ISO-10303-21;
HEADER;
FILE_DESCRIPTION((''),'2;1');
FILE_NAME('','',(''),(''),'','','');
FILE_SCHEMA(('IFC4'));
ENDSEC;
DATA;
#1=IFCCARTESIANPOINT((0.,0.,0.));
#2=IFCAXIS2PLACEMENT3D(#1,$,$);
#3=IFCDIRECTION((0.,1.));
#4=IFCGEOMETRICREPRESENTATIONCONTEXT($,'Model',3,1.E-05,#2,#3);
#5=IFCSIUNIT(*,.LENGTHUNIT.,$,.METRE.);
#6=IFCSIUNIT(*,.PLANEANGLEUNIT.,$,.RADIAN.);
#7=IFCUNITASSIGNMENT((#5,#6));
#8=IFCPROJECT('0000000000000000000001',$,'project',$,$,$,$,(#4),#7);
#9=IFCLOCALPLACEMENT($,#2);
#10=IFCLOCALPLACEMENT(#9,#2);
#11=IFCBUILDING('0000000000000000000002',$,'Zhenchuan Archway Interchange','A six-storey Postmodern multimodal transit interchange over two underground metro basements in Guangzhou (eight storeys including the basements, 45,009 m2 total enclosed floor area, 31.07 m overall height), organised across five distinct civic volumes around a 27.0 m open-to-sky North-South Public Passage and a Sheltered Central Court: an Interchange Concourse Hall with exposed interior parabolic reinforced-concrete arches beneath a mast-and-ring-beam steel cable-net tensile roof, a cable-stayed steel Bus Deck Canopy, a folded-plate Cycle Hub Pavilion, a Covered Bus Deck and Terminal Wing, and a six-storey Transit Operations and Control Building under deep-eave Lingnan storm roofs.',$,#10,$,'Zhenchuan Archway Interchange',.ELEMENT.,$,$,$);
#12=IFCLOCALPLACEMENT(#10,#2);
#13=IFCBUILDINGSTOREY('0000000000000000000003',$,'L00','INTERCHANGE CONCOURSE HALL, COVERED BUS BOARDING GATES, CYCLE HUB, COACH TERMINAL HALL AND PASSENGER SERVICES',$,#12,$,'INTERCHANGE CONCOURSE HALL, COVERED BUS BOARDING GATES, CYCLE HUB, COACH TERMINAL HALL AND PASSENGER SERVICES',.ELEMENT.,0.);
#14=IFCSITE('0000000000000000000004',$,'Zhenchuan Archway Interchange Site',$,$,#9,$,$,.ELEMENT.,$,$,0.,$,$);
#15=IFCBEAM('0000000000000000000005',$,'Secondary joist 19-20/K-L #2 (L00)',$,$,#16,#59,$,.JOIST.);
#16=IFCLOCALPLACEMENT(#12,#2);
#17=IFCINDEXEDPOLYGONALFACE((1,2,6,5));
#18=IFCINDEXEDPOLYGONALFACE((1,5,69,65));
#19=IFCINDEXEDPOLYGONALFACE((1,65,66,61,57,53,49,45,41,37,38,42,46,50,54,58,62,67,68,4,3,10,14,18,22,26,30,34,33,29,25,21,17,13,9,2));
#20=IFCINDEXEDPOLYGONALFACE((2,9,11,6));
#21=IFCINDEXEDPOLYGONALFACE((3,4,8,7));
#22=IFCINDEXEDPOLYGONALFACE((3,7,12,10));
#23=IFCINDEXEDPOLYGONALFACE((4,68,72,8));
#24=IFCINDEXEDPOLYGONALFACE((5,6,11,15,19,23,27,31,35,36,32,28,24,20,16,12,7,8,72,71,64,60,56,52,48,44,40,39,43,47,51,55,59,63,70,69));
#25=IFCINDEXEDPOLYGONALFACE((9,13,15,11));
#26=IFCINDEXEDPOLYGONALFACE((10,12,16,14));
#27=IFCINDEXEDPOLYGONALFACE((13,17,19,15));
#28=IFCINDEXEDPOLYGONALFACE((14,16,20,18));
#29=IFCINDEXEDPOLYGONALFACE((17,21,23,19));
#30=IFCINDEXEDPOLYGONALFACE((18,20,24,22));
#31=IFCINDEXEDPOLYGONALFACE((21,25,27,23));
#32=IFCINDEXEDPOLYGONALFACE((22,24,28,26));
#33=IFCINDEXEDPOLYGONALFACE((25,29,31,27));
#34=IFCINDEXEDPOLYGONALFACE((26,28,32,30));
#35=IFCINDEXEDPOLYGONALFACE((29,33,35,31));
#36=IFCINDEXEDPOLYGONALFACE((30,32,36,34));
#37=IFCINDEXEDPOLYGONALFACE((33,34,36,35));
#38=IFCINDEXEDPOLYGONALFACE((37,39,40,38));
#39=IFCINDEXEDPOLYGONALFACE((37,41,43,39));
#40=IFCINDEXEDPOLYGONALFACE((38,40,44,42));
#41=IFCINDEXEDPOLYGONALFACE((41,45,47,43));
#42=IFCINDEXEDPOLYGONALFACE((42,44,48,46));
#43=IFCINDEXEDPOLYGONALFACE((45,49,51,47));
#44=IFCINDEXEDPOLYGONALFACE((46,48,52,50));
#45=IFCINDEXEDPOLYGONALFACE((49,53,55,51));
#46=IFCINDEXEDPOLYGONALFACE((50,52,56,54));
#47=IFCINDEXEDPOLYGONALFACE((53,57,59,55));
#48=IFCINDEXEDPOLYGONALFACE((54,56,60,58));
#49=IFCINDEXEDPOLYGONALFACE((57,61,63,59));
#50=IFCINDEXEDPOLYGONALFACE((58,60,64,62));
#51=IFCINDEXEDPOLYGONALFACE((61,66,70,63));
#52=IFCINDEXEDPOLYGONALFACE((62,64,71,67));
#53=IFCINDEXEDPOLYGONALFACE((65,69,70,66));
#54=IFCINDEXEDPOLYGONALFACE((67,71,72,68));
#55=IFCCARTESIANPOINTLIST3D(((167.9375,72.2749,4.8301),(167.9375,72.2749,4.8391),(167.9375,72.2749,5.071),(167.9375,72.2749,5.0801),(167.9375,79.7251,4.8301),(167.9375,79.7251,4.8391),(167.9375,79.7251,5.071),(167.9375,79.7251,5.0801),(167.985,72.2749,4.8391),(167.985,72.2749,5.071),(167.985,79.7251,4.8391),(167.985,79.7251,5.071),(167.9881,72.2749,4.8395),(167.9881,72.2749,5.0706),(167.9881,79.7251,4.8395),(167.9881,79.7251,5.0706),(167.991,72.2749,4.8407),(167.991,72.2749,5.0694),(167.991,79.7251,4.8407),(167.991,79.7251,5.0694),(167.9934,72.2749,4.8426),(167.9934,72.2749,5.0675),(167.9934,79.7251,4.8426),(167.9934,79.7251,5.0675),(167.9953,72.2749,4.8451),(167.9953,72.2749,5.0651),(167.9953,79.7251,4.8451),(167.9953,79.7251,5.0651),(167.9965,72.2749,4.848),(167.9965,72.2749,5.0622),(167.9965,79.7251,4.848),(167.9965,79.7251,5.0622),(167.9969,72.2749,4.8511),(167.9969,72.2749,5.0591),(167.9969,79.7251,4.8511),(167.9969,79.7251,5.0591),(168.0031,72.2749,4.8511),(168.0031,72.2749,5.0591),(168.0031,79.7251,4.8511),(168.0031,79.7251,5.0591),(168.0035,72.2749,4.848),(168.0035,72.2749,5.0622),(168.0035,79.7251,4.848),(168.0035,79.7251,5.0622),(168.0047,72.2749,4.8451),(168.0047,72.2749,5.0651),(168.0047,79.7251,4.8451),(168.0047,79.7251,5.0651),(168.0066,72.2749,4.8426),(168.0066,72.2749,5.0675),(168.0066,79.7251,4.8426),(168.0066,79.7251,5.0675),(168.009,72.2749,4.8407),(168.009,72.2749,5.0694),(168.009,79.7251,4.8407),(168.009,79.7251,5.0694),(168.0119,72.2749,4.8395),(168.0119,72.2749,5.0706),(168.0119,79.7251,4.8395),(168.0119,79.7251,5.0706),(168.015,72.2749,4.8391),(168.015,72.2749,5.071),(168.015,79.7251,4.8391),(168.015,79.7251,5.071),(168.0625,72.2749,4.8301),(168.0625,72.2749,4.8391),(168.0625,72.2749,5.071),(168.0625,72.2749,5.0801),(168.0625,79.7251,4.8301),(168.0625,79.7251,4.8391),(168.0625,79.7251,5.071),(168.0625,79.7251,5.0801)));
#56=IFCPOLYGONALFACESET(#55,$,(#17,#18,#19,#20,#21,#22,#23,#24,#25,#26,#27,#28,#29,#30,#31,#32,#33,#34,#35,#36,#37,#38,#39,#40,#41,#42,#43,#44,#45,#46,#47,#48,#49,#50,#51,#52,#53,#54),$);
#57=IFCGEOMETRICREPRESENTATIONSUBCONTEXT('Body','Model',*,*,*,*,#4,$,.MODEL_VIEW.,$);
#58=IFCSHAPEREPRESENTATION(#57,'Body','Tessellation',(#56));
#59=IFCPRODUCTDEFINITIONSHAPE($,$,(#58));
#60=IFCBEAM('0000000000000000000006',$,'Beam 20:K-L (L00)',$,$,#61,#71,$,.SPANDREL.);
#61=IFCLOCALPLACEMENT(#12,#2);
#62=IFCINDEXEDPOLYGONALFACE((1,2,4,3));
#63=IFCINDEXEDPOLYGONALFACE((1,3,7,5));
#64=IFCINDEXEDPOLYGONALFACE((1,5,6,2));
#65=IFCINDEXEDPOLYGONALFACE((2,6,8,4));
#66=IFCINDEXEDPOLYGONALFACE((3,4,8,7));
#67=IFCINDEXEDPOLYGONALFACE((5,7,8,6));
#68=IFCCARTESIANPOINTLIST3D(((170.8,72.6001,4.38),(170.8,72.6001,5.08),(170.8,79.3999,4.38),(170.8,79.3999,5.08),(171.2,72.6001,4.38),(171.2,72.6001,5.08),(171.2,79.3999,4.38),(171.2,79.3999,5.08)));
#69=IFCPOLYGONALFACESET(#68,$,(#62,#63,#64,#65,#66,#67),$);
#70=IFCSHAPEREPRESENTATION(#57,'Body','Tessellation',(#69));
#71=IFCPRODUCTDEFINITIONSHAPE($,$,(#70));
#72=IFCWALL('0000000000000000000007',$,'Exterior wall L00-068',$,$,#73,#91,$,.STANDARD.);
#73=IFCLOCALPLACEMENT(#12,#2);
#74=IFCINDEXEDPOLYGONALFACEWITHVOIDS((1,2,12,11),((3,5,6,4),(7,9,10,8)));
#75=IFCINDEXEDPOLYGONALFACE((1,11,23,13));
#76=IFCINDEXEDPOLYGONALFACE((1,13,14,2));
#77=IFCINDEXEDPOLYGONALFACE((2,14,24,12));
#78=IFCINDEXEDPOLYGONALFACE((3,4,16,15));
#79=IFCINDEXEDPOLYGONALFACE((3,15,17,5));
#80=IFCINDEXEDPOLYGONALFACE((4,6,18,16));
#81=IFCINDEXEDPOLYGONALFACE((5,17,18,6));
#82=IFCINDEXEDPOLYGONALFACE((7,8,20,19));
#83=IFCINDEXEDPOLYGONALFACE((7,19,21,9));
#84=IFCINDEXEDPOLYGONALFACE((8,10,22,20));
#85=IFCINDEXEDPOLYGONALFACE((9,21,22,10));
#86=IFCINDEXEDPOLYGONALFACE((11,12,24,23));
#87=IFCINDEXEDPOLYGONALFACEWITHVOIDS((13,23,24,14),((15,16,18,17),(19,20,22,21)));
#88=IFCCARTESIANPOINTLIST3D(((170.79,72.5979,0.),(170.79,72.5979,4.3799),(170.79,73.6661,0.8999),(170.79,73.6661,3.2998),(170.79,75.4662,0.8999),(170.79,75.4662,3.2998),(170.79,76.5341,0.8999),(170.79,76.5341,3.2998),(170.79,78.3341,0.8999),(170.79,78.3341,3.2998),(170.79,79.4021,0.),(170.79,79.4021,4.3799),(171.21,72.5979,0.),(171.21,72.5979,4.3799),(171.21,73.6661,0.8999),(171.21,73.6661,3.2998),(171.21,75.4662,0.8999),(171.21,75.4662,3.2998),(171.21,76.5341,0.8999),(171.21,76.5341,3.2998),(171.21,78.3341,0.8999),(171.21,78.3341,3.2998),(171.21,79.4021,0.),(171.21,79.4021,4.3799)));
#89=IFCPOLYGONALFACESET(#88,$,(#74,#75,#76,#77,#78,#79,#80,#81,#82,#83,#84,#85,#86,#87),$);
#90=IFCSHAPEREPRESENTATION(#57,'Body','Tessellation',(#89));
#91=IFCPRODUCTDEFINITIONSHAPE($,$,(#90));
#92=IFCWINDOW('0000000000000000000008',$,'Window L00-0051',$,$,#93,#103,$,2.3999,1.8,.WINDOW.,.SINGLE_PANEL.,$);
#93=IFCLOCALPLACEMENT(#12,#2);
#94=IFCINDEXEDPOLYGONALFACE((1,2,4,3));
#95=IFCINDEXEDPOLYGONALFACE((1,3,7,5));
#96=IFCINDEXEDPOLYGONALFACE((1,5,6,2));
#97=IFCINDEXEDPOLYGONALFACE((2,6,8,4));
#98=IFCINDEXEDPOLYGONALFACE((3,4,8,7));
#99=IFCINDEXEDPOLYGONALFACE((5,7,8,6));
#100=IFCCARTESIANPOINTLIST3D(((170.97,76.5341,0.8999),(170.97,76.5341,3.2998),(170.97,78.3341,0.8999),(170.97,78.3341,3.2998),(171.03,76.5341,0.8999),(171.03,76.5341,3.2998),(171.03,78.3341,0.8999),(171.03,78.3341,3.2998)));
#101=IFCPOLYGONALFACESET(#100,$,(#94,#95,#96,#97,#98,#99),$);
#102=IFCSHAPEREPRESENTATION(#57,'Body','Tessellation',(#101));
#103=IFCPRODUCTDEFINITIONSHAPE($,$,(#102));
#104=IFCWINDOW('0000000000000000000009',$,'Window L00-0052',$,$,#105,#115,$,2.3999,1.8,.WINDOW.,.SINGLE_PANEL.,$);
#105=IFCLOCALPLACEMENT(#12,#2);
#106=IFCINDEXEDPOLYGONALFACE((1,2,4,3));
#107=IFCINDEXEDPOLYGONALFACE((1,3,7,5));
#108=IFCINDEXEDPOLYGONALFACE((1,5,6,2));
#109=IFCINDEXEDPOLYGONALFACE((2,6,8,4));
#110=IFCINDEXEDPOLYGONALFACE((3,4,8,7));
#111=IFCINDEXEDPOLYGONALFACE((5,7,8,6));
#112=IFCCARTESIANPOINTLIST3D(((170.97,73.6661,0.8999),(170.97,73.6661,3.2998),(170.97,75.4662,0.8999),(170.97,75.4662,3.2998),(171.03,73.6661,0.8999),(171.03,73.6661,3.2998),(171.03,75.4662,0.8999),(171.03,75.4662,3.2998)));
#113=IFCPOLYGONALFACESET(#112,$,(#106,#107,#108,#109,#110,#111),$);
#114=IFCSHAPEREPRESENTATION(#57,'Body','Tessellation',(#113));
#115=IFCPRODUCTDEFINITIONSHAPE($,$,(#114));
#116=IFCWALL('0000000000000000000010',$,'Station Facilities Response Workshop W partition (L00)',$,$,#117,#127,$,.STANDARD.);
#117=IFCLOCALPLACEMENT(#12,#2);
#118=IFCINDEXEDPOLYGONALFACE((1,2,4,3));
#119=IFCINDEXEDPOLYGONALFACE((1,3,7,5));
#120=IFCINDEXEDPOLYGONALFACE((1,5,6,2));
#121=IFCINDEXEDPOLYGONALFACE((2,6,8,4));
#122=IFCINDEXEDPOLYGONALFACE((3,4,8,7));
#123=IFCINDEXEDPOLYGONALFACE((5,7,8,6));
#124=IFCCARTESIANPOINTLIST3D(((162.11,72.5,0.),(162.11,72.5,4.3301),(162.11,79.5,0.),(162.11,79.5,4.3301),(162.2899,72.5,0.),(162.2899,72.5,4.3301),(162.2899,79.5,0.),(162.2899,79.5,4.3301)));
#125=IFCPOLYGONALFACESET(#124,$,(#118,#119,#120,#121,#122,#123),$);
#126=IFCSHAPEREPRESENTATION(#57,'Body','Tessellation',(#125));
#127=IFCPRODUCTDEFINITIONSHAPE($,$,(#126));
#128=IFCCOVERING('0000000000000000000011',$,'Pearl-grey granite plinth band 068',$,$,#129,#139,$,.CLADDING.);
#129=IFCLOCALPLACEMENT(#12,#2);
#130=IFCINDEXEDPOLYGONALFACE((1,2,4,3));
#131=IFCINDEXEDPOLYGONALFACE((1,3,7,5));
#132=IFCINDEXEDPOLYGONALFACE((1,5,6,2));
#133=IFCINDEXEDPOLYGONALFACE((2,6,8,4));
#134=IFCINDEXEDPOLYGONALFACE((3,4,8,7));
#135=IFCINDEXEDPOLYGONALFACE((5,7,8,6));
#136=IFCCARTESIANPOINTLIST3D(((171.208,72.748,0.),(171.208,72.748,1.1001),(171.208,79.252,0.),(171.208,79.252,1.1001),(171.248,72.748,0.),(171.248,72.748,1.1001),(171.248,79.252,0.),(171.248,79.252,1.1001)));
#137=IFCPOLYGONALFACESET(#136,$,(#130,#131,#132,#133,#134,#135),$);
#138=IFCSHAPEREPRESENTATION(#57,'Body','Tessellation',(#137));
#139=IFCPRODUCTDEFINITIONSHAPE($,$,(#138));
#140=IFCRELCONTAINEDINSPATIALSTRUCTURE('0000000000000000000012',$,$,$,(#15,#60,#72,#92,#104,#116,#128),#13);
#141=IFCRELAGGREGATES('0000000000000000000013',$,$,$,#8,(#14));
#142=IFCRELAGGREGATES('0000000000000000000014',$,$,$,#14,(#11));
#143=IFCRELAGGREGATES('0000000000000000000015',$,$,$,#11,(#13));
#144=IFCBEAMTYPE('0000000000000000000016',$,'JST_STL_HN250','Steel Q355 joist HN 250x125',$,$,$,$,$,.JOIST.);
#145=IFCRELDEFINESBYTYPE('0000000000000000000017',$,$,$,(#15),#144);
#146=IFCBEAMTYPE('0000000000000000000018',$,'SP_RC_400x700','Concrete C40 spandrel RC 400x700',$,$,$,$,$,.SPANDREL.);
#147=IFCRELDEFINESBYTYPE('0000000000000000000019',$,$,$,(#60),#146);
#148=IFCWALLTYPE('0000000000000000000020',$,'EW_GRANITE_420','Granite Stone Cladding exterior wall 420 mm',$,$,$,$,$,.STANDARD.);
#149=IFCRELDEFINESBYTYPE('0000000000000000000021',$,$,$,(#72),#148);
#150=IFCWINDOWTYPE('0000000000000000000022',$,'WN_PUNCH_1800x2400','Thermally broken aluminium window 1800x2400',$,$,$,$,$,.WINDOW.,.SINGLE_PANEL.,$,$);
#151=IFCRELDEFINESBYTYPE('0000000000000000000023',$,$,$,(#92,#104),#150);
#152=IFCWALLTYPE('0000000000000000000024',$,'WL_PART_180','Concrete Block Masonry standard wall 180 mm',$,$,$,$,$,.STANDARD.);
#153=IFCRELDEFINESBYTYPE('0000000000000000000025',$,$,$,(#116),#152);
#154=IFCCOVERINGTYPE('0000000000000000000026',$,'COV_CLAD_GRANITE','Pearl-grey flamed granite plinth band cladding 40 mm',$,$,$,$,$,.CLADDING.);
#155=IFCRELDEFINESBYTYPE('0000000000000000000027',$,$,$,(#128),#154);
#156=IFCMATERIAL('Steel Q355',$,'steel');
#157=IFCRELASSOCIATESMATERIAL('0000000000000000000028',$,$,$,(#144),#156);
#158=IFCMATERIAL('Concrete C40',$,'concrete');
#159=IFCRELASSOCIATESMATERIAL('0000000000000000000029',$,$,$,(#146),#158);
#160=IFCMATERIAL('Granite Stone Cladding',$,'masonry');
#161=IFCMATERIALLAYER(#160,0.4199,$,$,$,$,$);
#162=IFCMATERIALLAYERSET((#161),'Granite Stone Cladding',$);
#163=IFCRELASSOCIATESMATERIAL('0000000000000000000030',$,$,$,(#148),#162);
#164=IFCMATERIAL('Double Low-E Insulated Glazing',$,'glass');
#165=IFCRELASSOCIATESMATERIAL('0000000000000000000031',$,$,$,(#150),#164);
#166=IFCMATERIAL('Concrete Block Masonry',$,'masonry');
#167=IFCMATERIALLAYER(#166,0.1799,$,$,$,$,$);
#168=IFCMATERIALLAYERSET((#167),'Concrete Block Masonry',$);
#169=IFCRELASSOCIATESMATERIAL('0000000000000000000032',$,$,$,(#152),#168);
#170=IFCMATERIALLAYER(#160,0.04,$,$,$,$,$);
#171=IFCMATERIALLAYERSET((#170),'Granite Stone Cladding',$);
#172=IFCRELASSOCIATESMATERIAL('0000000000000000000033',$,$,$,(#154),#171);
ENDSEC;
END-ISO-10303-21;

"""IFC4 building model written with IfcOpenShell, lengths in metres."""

from ifc_helpers import new_model, si_unit, direction, frame, frame_2d, origin, origin_2d, place, context, subcontext, project, spatial, rectangle, i_section, extrude, material, layer, layer_set, material_profile, profile_set, type_object, element, fill, save


model = new_model("IFC4")

# Units and contexts
model_context = context("Model", 3, precision=1e-05, world=origin(), true_north=direction((0.0, 1.0)))
body_context = subcontext(model_context, "Body", "Model", "MODEL_VIEW")
ifc_project = project(units=[si_unit("LENGTHUNIT", "METRE"), si_unit("PLANEANGLEUNIT", "RADIAN")], contexts=[model_context])

# Site, building, storey
site_placement = place(None, origin())
site = spatial("IfcSite", under=ifc_project, at=site_placement, Name="Zhenchuan Archway Interchange Site", CompositionType="ELEMENT", RefElevation=0.0)
building_placement = place(site_placement, origin())
building = spatial("IfcBuilding", under=site, at=building_placement, Name="Zhenchuan Archway Interchange", Description="A six-storey Postmodern multimodal transit interchange over two underground metro basements in Guangzhou (eight storeys including the basements, 45,009 m2 total enclosed floor area, 31.07 m overall height), organised across five distinct civic volumes around a 27.0 m open-to-sky North-South Public Passage and a Sheltered Central Court: an Interchange Concourse Hall with exposed interior parabolic reinforced-concrete arches beneath a mast-and-ring-beam steel cable-net tensile roof, a cable-stayed steel Bus Deck Canopy, a folded-plate Cycle Hub Pavilion, a Covered Bus Deck and Terminal Wing, and a six-storey Transit Operations and Control Building under deep-eave Lingnan storm roofs.", LongName="Zhenchuan Archway Interchange", CompositionType="ELEMENT")
storey_placement = place(building_placement, origin())
storey = spatial("IfcBuildingStorey", under=building, at=storey_placement, Name="L00", Description="INTERCHANGE CONCOURSE HALL, COVERED BUS BOARDING GATES, CYCLE HUB, COACH TERMINAL HALL AND PASSENGER SERVICES", LongName="INTERCHANGE CONCOURSE HALL, COVERED BUS BOARDING GATES, CYCLE HUB, COACH TERMINAL HALL AND PASSENGER SERVICES", CompositionType="ELEMENT", Elevation=0.0)

# Shared definitions
ifc_material_1 = material(Name="Concrete C40", Category="concrete")

# Beams
ifc_material_2 = material(Name="Steel Q355", Category="steel")
ifc_material_profile_1 = material_profile(ifc_material_2, i_section(OverallWidth=0.125, OverallDepth=0.25, WebThickness=0.0061, FlangeThickness=0.009, FilletRadius=0.012, at=origin_2d()), Name="HN 250x125")
ifc_profile_set_1 = profile_set([ifc_material_profile_1], Name="Steel Q355")
beam_type_1 = type_object("IfcBeamType", Name="JST_STL_HN250", Description="Steel Q355 joist HN 250x125", PredefinedType="JOIST", material=ifc_profile_set_1)
for number, where, z_axis, x_axis, name in (
    (1, (168.0, 72.2749, 4.9551), (0.0, 1.0, 0.0), (-1.0, 0.0, 0.0), "Secondary joist 19-20/K-L #2 (L00)"),
):
    element("IfcBeam", number, at=place(storey_placement, frame(where, z_axis=z_axis, x_axis=x_axis)), inside=storey, type_object=beam_type_1, Name=name, PredefinedType="JOIST", context=body_context, shape_type="SweptSolid", body=[
        extrude(i_section(OverallWidth=0.125, OverallDepth=0.25, WebThickness=0.0061, FlangeThickness=0.009, FilletRadius=0.012, at=origin_2d()), origin(), (0.0, 0.0, 1.0), 7.4502),
    ])
ifc_material_profile_2 = material_profile(ifc_material_1, rectangle(XDim=0.3999, YDim=0.7, at=origin_2d()), Name="RC 400x700")
ifc_profile_set_2 = profile_set([ifc_material_profile_2], Name="Concrete C40")
beam_type_2 = type_object("IfcBeamType", Name="SP_RC_400x700", Description="Concrete C40 spandrel RC 400x700", PredefinedType="SPANDREL", material=ifc_profile_set_2)
beam_1_placement = place(storey_placement, frame((171.0, 72.6001, 4.73), z_axis=(0.0, 1.0, 0.0), x_axis=(-1.0, 0.0, 0.0)))
element("IfcBeam", 2, at=beam_1_placement, inside=storey, type_object=beam_type_2, Name="Beam 20:K-L (L00)", PredefinedType="SPANDREL", context=body_context, shape_type="SweptSolid", body=[
    extrude(rectangle(XDim=0.3999, YDim=0.7, at=origin_2d()), origin(), (0.0, 0.0, 1.0), 6.7998),
])

# Wall, openings, windows
ifc_material_3 = material(Name="Granite Stone Cladding", Category="masonry")
ifc_layer_1 = layer(ifc_material_3, 0.4199)
ifc_layer_set_1 = layer_set([ifc_layer_1], Name="Granite Stone Cladding")
wall_type_1 = type_object("IfcWallType", Name="EW_GRANITE_420", Description="Granite Stone Cladding exterior wall 420 mm", PredefinedType="STANDARD", material=ifc_layer_set_1)
wall_1_placement = place(storey_placement, frame((171.0, 79.4021, 0.0), z_axis=(0.0, 0.0, 1.0), x_axis=(0.0, -1.0, 0.0)))
wall_1 = element("IfcWall", 3, at=wall_1_placement, inside=storey, type_object=wall_type_1, Name="Exterior wall L00-068", PredefinedType="STANDARD", context=body_context, shape_type="SweptSolid", body=[
    extrude(rectangle(XDim=6.8042, YDim=0.4199, at=frame_2d((3.4021, 0.0))), origin(), (0.0, 0.0, 1.0), 4.3799),
])
opening_1_placement = place(wall_1_placement, frame((1.0681, 0.0, 0.8999)))
opening_1 = element("IfcOpeningElement", 4, at=opening_1_placement, cuts=wall_1, PredefinedType="OPENING", context=body_context, shape_type="SweptSolid", body=[
    extrude(rectangle(XDim=1.8, YDim=2.3999, at=frame_2d((0.8999, 1.2))), frame((0.0, 0.2219, 0.0), z_axis=(0.0, -1.0, 0.0), x_axis=(1.0, 0.0, 0.0)), (0.0, 0.0, 1.0), 0.4438),
])
opening_2_placement = place(wall_1_placement, frame((3.936, 0.0, 0.8999)))
opening_2 = element("IfcOpeningElement", 5, at=opening_2_placement, cuts=wall_1, PredefinedType="OPENING", context=body_context, shape_type="SweptSolid", body=[
    extrude(rectangle(XDim=1.8, YDim=2.3999, at=frame_2d((0.8999, 1.2))), frame((0.0, 0.2219, 0.0), z_axis=(0.0, -1.0, 0.0), x_axis=(1.0, 0.0, 0.0)), (0.0, 0.0, 1.0), 0.4438),
])
ifc_material_4 = material(Name="Double Low-E Insulated Glazing", Category="glass")
window_type = type_object("IfcWindowType", Name="WN_PUNCH_1800x2400", Description="Thermally broken aluminium window 1800x2400", PartitioningType="SINGLE_PANEL", PredefinedType="WINDOW", material=ifc_material_4)
window_1_placement = place(opening_1_placement, origin())
window_1 = element("IfcWindow", 6, at=window_1_placement, inside=storey, type_object=window_type, Name="Window L00-0051", OverallHeight=2.3999, OverallWidth=1.8, PartitioningType="SINGLE_PANEL", PredefinedType="WINDOW", context=body_context, shape_type="SweptSolid", body=[
    extrude(rectangle(XDim=1.8, YDim=2.3999, at=frame_2d((0.8999, 1.2))), frame((0.0, 0.03, 0.0), z_axis=(0.0, -1.0, 0.0), x_axis=(1.0, 0.0, 0.0)), (0.0, 0.0, 1.0), 0.0601),
])
fill(opening_1, window_1)
window_2_placement = place(opening_2_placement, origin())
window_2 = element("IfcWindow", 7, at=window_2_placement, inside=storey, type_object=window_type, Name="Window L00-0052", OverallHeight=2.3999, OverallWidth=1.8, PartitioningType="SINGLE_PANEL", PredefinedType="WINDOW", context=body_context, shape_type="SweptSolid", body=[
    extrude(rectangle(XDim=1.8, YDim=2.3999, at=frame_2d((0.8999, 1.2))), frame((0.0, 0.03, 0.0), z_axis=(0.0, -1.0, 0.0), x_axis=(1.0, 0.0, 0.0)), (0.0, 0.0, 1.0), 0.0601),
])
fill(opening_2, window_2)

# Wall
ifc_material_5 = material(Name="Concrete Block Masonry", Category="masonry")
ifc_layer_2 = layer(ifc_material_5, 0.1799)
ifc_layer_set_2 = layer_set([ifc_layer_2], Name="Concrete Block Masonry")
wall_type_2 = type_object("IfcWallType", Name="WL_PART_180", Description="Concrete Block Masonry standard wall 180 mm", PredefinedType="STANDARD", material=ifc_layer_set_2)
wall_2_placement = place(storey_placement, frame((162.2, 72.5, 0.0), z_axis=(0.0, 0.0, 1.0), x_axis=(0.0, 1.0, 0.0)))
element("IfcWall", 8, at=wall_2_placement, inside=storey, type_object=wall_type_2, Name="Station Facilities Response Workshop W partition (L00)", PredefinedType="STANDARD", context=body_context, shape_type="SweptSolid", body=[
    extrude(rectangle(XDim=7.0, YDim=0.1799, at=frame_2d((3.5, 0.0))), origin(), (0.0, 0.0, 1.0), 4.3301),
])

# Covering
ifc_layer_3 = layer(ifc_material_3, 0.04)
ifc_layer_set_3 = layer_set([ifc_layer_3], Name="Granite Stone Cladding")
covering_type = type_object("IfcCoveringType", Name="COV_CLAD_GRANITE", Description="Pearl-grey flamed granite plinth band cladding 40 mm", PredefinedType="CLADDING", material=ifc_layer_set_3)
covering_placement = place(storey_placement, frame((171.228, 76.0, 0.0), z_axis=(0.0, 0.0, 1.0), x_axis=(0.0, -1.0, 0.0)))
element("IfcCovering", 9, at=covering_placement, inside=storey, type_object=covering_type, Name="Pearl-grey granite plinth band 068", PredefinedType="CLADDING", context=body_context, shape_type="SweptSolid", body=[
    extrude(rectangle(XDim=6.5039, YDim=0.04, at=origin_2d()), origin(), (0.0, 0.0, 1.0), 1.1001),
])

save(model, "model.ifc")
